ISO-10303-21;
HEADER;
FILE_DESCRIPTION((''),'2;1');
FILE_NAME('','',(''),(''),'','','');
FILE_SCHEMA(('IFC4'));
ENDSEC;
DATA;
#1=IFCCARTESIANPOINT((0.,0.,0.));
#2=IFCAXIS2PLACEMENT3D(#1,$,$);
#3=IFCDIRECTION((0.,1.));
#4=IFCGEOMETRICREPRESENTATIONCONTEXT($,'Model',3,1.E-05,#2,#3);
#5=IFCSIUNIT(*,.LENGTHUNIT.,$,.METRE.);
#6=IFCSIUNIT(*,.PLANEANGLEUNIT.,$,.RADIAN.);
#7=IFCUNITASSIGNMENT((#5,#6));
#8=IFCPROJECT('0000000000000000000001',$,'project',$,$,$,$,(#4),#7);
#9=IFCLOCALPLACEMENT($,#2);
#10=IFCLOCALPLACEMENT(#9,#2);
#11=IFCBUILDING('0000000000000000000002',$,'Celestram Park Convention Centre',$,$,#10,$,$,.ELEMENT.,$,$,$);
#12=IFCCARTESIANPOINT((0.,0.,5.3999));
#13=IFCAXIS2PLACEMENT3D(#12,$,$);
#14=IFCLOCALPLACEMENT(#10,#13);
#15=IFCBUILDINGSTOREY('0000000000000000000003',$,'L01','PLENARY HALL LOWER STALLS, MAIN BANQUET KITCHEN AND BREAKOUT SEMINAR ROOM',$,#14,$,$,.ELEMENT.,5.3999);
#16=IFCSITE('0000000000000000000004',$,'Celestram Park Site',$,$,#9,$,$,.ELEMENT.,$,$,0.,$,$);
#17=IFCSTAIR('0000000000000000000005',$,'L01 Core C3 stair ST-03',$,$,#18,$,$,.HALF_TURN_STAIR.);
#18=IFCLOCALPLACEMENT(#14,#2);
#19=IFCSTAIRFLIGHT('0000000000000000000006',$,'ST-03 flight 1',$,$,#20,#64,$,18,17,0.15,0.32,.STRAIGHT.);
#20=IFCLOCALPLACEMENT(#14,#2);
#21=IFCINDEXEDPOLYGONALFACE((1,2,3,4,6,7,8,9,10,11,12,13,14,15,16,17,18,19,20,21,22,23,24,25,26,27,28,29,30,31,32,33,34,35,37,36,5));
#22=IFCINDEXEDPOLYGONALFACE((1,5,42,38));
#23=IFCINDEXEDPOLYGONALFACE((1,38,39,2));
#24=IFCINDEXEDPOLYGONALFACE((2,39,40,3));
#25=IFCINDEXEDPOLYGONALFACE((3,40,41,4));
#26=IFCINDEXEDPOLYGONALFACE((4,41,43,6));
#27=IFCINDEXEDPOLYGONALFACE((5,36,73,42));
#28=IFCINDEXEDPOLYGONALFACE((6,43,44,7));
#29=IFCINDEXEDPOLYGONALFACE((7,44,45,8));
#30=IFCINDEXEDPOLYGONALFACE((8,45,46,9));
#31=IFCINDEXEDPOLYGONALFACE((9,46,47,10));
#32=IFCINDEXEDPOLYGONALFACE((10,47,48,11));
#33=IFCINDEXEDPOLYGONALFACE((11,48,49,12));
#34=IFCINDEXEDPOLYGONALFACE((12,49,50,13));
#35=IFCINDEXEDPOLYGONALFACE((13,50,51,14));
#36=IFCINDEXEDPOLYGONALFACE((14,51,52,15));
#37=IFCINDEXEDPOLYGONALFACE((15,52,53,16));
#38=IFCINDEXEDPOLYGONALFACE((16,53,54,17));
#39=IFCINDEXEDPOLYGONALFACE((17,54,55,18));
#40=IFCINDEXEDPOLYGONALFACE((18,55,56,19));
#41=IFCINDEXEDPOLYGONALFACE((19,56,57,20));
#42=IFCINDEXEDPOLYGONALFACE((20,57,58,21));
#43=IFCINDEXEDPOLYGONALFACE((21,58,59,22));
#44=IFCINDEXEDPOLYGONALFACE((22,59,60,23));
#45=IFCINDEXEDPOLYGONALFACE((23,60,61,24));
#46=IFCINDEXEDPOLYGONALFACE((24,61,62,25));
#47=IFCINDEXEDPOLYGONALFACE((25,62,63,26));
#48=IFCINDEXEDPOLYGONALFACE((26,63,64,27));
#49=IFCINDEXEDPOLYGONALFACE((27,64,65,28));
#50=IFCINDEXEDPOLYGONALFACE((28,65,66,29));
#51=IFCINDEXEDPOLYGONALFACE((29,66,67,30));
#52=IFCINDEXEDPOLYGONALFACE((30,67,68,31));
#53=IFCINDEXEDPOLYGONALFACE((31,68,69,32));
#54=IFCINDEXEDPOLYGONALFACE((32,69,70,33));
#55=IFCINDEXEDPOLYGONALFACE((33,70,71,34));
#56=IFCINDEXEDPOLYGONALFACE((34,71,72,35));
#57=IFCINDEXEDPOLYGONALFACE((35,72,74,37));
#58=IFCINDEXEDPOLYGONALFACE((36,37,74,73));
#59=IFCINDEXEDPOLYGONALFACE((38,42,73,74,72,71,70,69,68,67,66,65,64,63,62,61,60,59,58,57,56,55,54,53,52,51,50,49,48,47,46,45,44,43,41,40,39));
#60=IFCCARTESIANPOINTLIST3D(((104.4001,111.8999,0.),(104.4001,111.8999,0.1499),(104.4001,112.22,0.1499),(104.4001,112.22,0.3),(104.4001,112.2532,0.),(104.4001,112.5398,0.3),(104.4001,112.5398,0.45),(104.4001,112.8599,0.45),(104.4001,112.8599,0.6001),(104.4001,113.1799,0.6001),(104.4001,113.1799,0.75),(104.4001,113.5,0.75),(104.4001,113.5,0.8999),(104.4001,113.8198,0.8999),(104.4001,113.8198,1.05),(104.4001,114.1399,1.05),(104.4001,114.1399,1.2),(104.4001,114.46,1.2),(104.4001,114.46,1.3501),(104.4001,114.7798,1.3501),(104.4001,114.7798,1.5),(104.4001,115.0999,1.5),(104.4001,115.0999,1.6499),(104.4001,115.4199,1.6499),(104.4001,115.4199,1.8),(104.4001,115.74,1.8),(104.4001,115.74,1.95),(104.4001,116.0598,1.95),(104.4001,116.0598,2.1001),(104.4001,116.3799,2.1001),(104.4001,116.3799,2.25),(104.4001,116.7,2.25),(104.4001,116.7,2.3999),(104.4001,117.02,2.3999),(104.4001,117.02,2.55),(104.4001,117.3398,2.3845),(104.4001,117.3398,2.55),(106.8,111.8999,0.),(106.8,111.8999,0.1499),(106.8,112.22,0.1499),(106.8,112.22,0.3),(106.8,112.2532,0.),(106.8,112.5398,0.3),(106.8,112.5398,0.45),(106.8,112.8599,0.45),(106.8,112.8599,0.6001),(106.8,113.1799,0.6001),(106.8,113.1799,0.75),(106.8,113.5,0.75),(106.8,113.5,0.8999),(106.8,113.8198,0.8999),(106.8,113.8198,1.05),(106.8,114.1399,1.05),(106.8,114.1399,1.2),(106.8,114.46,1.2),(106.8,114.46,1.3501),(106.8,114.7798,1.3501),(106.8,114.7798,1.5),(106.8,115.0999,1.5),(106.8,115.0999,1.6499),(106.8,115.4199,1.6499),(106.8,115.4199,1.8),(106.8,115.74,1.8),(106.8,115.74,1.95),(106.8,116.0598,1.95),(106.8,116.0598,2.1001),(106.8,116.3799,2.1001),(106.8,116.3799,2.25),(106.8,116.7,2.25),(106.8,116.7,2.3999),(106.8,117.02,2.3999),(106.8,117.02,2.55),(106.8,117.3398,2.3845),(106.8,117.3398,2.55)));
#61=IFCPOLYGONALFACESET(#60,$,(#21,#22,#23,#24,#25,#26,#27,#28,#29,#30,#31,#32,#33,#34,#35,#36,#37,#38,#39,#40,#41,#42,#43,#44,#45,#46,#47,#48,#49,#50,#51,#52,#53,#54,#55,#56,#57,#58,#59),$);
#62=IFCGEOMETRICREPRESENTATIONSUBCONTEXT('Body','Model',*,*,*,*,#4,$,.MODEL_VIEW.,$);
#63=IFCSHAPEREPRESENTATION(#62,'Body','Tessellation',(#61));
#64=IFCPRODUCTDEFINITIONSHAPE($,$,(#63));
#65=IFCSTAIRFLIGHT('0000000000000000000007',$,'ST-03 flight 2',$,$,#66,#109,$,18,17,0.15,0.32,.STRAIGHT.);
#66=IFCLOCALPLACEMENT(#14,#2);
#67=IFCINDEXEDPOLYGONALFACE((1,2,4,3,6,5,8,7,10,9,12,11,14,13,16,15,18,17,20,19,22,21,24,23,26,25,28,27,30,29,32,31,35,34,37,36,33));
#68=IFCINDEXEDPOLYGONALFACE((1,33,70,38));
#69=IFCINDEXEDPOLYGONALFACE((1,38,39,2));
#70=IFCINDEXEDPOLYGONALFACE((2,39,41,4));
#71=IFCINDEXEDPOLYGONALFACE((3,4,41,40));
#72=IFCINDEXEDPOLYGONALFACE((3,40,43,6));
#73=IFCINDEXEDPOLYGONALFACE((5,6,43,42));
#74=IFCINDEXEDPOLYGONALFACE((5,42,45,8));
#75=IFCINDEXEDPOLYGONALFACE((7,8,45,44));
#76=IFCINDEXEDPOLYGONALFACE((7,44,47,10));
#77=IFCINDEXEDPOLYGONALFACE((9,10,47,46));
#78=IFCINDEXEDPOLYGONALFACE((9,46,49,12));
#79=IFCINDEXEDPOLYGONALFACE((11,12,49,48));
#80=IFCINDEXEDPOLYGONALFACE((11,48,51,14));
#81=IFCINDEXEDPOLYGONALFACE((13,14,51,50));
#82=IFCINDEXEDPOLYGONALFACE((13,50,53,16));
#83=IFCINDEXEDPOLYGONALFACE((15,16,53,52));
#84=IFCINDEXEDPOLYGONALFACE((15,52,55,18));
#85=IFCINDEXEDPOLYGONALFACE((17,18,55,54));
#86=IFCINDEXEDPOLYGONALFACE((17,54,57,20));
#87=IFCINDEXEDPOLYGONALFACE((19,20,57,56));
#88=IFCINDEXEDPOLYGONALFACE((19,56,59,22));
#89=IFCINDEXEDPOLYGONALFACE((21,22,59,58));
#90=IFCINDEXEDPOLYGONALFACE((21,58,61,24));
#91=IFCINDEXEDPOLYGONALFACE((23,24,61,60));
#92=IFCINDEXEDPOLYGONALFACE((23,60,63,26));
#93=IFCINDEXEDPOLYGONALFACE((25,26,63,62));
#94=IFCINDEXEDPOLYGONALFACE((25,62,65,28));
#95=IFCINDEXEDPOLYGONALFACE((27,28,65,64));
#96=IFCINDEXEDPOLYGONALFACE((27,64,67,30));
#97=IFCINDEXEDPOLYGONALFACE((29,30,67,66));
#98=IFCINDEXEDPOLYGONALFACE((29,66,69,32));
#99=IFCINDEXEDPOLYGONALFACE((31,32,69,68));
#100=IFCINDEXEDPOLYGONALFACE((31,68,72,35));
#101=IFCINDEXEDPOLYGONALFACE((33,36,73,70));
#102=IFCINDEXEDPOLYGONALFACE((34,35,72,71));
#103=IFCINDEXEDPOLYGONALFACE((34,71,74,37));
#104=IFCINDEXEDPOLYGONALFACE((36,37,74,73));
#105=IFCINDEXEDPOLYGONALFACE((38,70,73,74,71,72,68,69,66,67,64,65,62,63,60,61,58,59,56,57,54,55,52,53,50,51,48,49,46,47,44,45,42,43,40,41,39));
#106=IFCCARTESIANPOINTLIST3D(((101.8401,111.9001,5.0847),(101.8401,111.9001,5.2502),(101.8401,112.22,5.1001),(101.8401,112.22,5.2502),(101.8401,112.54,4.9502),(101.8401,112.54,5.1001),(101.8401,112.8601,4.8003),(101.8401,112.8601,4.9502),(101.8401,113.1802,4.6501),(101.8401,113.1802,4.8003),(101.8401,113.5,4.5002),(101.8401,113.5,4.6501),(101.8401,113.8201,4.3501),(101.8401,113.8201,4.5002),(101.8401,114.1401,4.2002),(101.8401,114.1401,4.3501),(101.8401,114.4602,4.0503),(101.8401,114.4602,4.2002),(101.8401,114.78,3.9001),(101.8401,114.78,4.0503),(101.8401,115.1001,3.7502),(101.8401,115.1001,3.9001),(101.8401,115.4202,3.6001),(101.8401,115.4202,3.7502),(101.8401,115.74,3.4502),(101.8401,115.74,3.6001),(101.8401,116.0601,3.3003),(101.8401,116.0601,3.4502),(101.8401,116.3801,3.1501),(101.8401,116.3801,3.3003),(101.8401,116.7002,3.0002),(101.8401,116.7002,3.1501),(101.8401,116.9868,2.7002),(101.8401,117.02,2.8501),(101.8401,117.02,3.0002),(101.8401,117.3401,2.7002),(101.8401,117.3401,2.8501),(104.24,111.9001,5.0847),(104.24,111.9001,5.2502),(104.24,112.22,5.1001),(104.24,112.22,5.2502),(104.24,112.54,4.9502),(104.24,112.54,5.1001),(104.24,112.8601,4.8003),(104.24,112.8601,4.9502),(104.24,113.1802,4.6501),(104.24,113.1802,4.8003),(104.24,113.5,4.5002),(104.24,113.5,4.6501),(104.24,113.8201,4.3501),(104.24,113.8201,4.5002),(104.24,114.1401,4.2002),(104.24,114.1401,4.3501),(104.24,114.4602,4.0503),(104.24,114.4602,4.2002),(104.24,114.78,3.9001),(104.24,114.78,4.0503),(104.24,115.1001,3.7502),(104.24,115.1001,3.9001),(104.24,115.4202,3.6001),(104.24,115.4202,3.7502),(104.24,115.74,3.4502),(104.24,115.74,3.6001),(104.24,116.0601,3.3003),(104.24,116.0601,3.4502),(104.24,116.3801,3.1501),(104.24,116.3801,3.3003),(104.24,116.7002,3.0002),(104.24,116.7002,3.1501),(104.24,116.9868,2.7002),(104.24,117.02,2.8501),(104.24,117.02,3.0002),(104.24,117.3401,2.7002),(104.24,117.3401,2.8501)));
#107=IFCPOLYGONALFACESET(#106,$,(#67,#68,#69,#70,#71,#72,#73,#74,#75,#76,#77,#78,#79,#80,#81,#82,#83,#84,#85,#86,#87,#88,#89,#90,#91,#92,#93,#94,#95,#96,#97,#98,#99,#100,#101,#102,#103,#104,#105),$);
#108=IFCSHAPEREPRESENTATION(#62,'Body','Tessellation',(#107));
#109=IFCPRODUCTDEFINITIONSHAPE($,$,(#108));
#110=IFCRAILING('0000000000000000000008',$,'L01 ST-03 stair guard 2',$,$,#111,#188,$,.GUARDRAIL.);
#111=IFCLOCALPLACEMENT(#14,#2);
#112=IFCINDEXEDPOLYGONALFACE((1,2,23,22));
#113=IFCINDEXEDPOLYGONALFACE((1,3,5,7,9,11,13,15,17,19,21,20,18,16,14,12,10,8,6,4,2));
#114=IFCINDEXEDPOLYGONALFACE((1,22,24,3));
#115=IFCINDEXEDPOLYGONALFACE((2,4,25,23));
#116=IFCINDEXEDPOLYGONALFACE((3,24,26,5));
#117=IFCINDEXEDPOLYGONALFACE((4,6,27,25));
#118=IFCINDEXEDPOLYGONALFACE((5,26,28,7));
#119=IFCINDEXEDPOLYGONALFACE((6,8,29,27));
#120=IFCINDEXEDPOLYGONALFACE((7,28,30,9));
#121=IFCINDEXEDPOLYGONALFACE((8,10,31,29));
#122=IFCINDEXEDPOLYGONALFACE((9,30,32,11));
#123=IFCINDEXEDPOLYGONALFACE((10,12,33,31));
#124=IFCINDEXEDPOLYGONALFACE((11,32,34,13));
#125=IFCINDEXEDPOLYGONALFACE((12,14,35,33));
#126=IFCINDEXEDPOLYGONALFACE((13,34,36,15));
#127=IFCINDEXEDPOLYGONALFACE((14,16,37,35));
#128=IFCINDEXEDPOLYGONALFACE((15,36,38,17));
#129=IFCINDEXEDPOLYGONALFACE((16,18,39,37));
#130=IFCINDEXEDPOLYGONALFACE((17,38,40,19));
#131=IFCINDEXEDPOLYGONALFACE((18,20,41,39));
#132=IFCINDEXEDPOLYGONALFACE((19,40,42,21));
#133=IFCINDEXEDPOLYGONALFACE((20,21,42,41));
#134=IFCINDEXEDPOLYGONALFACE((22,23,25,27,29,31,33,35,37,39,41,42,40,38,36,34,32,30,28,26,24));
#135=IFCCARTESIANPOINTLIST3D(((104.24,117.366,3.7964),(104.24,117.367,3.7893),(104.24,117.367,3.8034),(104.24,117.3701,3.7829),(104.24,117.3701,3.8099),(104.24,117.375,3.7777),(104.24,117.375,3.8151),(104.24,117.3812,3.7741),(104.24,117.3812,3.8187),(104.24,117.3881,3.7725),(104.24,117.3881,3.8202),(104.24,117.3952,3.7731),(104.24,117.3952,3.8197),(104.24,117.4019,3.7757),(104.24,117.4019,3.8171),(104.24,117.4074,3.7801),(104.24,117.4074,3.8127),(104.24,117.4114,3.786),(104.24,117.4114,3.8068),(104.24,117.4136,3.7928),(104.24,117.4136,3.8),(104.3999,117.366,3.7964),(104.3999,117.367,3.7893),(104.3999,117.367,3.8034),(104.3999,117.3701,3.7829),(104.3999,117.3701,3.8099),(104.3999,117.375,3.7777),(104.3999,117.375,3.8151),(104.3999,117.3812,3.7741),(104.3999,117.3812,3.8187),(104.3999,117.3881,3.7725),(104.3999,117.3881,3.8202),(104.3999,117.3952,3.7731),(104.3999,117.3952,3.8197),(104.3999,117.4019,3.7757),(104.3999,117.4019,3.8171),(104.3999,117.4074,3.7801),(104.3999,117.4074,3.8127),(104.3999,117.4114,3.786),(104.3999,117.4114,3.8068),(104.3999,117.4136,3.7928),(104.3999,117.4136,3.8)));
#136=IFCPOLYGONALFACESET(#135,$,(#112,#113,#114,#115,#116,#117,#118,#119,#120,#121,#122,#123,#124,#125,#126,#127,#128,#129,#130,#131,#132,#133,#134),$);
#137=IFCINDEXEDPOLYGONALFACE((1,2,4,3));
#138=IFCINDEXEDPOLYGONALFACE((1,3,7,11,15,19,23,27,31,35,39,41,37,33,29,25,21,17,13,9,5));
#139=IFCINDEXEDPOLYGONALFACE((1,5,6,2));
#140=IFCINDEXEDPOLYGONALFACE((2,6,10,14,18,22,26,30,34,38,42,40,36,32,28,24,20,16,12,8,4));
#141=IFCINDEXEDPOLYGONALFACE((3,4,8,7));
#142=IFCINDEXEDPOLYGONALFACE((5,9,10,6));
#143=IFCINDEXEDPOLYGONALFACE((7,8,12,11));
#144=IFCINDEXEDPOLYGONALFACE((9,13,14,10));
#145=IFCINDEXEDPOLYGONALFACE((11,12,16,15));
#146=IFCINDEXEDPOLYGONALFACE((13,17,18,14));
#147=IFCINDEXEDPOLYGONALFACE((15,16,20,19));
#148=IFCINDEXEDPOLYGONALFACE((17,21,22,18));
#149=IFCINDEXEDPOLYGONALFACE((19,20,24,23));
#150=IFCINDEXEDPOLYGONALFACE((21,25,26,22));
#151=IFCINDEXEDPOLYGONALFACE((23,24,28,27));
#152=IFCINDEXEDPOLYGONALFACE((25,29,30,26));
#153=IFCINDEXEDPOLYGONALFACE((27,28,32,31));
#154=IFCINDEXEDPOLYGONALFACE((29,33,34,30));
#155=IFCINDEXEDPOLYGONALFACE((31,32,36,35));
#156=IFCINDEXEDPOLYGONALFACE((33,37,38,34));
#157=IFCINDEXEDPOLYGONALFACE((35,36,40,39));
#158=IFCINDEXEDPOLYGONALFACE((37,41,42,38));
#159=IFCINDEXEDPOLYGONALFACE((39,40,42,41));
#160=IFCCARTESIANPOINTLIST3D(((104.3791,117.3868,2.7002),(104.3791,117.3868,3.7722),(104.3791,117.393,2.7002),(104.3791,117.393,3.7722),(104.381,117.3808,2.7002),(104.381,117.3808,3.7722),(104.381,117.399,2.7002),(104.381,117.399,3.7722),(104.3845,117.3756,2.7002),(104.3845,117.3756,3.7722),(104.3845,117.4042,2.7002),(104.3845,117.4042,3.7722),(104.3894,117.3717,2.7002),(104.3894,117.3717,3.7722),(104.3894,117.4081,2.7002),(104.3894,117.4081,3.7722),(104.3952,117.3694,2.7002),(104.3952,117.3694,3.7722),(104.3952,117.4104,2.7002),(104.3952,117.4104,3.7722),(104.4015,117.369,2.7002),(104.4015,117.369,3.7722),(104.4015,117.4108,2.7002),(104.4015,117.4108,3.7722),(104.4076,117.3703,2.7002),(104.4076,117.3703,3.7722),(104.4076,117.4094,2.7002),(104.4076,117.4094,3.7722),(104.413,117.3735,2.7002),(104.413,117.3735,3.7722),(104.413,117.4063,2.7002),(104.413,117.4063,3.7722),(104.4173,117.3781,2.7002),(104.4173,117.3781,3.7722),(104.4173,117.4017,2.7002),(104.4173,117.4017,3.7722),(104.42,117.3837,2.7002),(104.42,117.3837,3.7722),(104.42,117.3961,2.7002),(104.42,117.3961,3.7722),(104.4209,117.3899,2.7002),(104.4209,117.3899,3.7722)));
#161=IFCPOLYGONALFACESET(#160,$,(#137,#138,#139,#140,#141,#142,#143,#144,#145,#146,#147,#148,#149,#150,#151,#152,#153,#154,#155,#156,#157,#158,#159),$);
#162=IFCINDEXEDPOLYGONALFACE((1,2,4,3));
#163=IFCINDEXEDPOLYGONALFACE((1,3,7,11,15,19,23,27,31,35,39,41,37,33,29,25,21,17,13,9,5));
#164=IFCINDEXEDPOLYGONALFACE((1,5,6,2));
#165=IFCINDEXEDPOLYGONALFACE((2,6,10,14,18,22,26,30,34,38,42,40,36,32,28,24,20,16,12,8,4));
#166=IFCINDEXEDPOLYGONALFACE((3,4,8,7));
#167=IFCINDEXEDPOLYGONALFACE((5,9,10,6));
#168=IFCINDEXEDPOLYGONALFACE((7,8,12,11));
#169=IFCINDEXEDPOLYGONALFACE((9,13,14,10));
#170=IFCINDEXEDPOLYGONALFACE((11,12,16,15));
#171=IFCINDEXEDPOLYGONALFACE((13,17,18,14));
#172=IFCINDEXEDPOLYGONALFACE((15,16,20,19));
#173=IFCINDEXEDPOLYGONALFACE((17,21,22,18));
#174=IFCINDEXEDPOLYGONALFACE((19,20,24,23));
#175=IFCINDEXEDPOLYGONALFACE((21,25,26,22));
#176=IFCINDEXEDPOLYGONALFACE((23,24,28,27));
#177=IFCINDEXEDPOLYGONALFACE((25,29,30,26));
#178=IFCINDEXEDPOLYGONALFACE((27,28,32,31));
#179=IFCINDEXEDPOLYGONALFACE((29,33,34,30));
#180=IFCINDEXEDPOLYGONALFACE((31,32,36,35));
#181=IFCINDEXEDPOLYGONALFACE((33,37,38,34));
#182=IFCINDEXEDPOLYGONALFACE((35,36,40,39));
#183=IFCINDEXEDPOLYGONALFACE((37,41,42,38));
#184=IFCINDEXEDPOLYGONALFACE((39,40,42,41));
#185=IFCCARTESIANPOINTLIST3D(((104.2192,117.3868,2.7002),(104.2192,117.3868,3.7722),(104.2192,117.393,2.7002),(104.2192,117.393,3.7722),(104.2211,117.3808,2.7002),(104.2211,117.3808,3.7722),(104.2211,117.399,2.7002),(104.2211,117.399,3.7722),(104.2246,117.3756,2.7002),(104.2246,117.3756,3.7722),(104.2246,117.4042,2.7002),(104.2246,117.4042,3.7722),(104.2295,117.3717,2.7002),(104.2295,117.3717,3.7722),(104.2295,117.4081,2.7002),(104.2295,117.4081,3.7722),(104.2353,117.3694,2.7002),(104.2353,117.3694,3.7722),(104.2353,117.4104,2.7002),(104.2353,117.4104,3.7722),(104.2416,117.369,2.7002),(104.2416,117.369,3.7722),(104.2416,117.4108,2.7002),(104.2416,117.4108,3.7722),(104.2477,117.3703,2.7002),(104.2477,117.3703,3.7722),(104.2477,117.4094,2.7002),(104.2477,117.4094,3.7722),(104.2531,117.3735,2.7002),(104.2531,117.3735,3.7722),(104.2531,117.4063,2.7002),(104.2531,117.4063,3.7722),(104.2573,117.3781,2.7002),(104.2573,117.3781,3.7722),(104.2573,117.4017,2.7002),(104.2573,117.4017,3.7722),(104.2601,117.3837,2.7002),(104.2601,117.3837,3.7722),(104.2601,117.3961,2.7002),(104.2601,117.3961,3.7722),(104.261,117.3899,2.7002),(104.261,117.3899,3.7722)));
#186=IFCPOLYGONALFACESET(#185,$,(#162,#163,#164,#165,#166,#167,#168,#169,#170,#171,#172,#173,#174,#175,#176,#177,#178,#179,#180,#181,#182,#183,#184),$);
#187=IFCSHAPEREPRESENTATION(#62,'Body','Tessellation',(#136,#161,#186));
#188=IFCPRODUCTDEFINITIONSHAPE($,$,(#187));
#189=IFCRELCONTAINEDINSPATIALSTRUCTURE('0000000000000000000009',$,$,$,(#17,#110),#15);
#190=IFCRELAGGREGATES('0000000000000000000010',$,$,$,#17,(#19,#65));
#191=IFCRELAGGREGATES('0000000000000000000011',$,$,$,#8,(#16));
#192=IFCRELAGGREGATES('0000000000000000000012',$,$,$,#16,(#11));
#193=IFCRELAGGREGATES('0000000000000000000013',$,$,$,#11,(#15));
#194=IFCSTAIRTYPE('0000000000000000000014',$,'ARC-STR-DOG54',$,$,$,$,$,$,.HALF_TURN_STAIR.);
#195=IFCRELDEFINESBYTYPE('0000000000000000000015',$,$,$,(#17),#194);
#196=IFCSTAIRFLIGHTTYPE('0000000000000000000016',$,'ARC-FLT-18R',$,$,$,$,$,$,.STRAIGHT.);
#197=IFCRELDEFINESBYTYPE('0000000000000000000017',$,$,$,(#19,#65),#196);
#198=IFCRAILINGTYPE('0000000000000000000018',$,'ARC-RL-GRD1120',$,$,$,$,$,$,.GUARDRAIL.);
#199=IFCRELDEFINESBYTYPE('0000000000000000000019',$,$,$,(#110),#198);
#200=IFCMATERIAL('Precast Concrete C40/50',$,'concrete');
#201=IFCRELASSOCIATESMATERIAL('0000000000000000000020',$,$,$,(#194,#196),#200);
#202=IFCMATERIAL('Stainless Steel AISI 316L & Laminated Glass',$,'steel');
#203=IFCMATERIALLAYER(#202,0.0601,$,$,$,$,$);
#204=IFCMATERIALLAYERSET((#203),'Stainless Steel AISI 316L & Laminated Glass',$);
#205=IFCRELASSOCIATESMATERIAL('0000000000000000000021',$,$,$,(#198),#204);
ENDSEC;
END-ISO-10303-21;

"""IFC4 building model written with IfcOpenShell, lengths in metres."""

from ifc_helpers import new_model, si_unit, direction, frame, origin, origin_2d, place, context, subcontext, project, spatial, polyline, circle, outline, extrude, material, layer, layer_set, type_object, element, aggregate, save


model = new_model("IFC4")

# Units and contexts
model_context = context("Model", 3, precision=1e-05, world=origin(), true_north=direction((0.0, 1.0)))
body_context = subcontext(model_context, "Body", "Model", "MODEL_VIEW")
ifc_project = project(units=[si_unit("LENGTHUNIT", "METRE"), si_unit("PLANEANGLEUNIT", "RADIAN")], contexts=[model_context])

# Site, building, storey
site_placement = place(None, origin())
site = spatial("IfcSite", under=ifc_project, at=site_placement, Name="Celestram Park Site", CompositionType="ELEMENT", RefElevation=0.0)
building_placement = place(site_placement, origin())
building = spatial("IfcBuilding", under=site, at=building_placement, Name="Celestram Park Convention Centre", CompositionType="ELEMENT")
storey_placement = place(building_placement, frame((0.0, 0.0, 5.3999)))
storey = spatial("IfcBuildingStorey", under=building, at=storey_placement, Name="L01", Description="PLENARY HALL LOWER STALLS, MAIN BANQUET KITCHEN AND BREAKOUT SEMINAR ROOM", CompositionType="ELEMENT", Elevation=5.3999)

# Stair, stair flights
ifc_material_1 = material(Name="Precast Concrete C40/50", Category="concrete")
stair_type = type_object("IfcStairType", Name="ARC-STR-DOG54", PredefinedType="HALF_TURN_STAIR", material=ifc_material_1)
stair_placement = place(storey_placement, origin())
stair = element("IfcStair", 1, at=stair_placement, inside=storey, type_object=stair_type, Name="L01 Core C3 stair ST-03", PredefinedType="HALF_TURN_STAIR")
stair_flight_type = type_object("IfcStairFlightType", Name="ARC-FLT-18R", PredefinedType="STRAIGHT", material=ifc_material_1)
stair_flight_1_placement = place(storey_placement, frame((105.6001, 111.8999, 0.0), z_axis=(0.0, 0.0, 1.0), x_axis=(0.0, 1.0, 0.0)))
stair_flight_1 = element("IfcStairFlight", 2, at=stair_flight_1_placement, type_object=stair_flight_type, Name="ST-03 flight 1", NumberOfRisers=18, NumberOfTreads=17, PredefinedType="STRAIGHT", RiserHeight=0.15, TreadLength=0.32, context=body_context, shape_type="SweptSolid", body=[
    extrude(outline(polyline([(0.0, 0.0), (0.0, 0.1499), (0.3201, 0.1499), (0.3201, 0.3), (0.6399, 0.3), (0.6399, 0.45), (0.96, 0.45), (0.96, 0.6001), (1.28, 0.6001), (1.28, 0.75), (1.6001, 0.75), (1.6001, 0.8999), (1.9199, 0.8999), (1.9199, 1.05), (2.24, 1.05), (2.24, 1.2), (2.5601, 1.2), (2.5601, 1.3501), (2.8799, 1.3501), (2.8799, 1.5), (3.2, 1.5), (3.2, 1.6499), (3.52, 1.6499), (3.52, 1.8), (3.8401, 1.8), (3.8401, 1.95), (4.1599, 1.95), (4.1599, 2.1001), (4.48, 2.1001), (4.48, 2.25), (4.8, 2.25), (4.8, 2.3999), (5.1201, 2.3999), (5.1201, 2.55), (5.4399, 2.55), (5.4399, 2.7), (5.4399, 2.3845), (0.3533, 0.0), (0.0, 0.0)])), frame((0.0, 1.2, 0.0), z_axis=(0.0, -1.0, 0.0), x_axis=(1.0, 0.0, 0.0)), (0.0, 0.0, 1.0), 2.3999),
])
stair_flight_2_placement = place(storey_placement, frame((103.04, 117.3401, 2.7002), z_axis=(0.0, 0.0, 1.0), x_axis=(0.0, -1.0, 0.0)))
stair_flight_2 = element("IfcStairFlight", 3, at=stair_flight_2_placement, type_object=stair_flight_type, Name="ST-03 flight 2", NumberOfRisers=18, NumberOfTreads=17, PredefinedType="STRAIGHT", RiserHeight=0.15, TreadLength=0.32, context=body_context, shape_type="SweptSolid", body=[
    extrude(outline(polyline([(0.0, 0.0), (0.0, 0.1499), (0.3201, 0.1499), (0.3201, 0.3), (0.6399, 0.3), (0.6399, 0.45), (0.96, 0.45), (0.96, 0.6001), (1.28, 0.6001), (1.28, 0.75), (1.6001, 0.75), (1.6001, 0.8999), (1.9199, 0.8999), (1.9199, 1.05), (2.24, 1.05), (2.24, 1.2), (2.5601, 1.2), (2.5601, 1.3501), (2.8799, 1.3501), (2.8799, 1.5), (3.2, 1.5), (3.2, 1.6499), (3.52, 1.6499), (3.52, 1.8), (3.8401, 1.8), (3.8401, 1.95), (4.1599, 1.95), (4.1599, 2.1001), (4.48, 2.1001), (4.48, 2.25), (4.8, 2.25), (4.8, 2.3999), (5.1201, 2.3999), (5.1201, 2.55), (5.4399, 2.55), (5.4399, 2.7), (5.4399, 2.3845), (0.3533, 0.0), (0.0, 0.0)])), frame((0.0, 1.2, 0.0), z_axis=(0.0, -1.0, 0.0), x_axis=(1.0, 0.0, 0.0)), (0.0, 0.0, 1.0), 2.3999),
])
aggregate(stair, [stair_flight_1, stair_flight_2])

# Railing
ifc_material_2 = material(Name="Stainless Steel AISI 316L & Laminated Glass", Category="steel")
ifc_layer_1 = layer(ifc_material_2, 0.0601)
ifc_layer_set_1 = layer_set([ifc_layer_1], Name="Stainless Steel AISI 316L & Laminated Glass")
railing_type_1 = type_object("IfcRailingType", Name="ARC-RL-GRD1120", PredefinedType="GUARDRAIL", material=ifc_layer_set_1)
railing_1_placement = place(storey_placement, frame((104.3999, 117.3899, 2.7002)))
element("IfcRailing", 4, at=railing_1_placement, inside=storey, type_object=railing_type_1, Name="L01 ST-03 stair guard 2", PredefinedType="GUARDRAIL", context=body_context, shape_type="SweptSolid", body=[
    extrude(circle(Radius=0.0239, at=origin_2d()), frame((0.0, 0.0, 1.0962), z_axis=(-1.0, 0.0, 0.0), x_axis=(0.0, -1.0, 0.0)), (0.0, 0.0, 1.0), 0.1599),
    extrude(circle(Radius=0.021, at=origin_2d()), origin(), (0.0, 0.0, 1.0), 1.072),
    extrude(circle(Radius=0.021, at=origin_2d()), frame((-0.1599, 0.0, 0.0)), (0.0, 0.0, 1.0), 1.072),
])

save(model, "model.ifc")
